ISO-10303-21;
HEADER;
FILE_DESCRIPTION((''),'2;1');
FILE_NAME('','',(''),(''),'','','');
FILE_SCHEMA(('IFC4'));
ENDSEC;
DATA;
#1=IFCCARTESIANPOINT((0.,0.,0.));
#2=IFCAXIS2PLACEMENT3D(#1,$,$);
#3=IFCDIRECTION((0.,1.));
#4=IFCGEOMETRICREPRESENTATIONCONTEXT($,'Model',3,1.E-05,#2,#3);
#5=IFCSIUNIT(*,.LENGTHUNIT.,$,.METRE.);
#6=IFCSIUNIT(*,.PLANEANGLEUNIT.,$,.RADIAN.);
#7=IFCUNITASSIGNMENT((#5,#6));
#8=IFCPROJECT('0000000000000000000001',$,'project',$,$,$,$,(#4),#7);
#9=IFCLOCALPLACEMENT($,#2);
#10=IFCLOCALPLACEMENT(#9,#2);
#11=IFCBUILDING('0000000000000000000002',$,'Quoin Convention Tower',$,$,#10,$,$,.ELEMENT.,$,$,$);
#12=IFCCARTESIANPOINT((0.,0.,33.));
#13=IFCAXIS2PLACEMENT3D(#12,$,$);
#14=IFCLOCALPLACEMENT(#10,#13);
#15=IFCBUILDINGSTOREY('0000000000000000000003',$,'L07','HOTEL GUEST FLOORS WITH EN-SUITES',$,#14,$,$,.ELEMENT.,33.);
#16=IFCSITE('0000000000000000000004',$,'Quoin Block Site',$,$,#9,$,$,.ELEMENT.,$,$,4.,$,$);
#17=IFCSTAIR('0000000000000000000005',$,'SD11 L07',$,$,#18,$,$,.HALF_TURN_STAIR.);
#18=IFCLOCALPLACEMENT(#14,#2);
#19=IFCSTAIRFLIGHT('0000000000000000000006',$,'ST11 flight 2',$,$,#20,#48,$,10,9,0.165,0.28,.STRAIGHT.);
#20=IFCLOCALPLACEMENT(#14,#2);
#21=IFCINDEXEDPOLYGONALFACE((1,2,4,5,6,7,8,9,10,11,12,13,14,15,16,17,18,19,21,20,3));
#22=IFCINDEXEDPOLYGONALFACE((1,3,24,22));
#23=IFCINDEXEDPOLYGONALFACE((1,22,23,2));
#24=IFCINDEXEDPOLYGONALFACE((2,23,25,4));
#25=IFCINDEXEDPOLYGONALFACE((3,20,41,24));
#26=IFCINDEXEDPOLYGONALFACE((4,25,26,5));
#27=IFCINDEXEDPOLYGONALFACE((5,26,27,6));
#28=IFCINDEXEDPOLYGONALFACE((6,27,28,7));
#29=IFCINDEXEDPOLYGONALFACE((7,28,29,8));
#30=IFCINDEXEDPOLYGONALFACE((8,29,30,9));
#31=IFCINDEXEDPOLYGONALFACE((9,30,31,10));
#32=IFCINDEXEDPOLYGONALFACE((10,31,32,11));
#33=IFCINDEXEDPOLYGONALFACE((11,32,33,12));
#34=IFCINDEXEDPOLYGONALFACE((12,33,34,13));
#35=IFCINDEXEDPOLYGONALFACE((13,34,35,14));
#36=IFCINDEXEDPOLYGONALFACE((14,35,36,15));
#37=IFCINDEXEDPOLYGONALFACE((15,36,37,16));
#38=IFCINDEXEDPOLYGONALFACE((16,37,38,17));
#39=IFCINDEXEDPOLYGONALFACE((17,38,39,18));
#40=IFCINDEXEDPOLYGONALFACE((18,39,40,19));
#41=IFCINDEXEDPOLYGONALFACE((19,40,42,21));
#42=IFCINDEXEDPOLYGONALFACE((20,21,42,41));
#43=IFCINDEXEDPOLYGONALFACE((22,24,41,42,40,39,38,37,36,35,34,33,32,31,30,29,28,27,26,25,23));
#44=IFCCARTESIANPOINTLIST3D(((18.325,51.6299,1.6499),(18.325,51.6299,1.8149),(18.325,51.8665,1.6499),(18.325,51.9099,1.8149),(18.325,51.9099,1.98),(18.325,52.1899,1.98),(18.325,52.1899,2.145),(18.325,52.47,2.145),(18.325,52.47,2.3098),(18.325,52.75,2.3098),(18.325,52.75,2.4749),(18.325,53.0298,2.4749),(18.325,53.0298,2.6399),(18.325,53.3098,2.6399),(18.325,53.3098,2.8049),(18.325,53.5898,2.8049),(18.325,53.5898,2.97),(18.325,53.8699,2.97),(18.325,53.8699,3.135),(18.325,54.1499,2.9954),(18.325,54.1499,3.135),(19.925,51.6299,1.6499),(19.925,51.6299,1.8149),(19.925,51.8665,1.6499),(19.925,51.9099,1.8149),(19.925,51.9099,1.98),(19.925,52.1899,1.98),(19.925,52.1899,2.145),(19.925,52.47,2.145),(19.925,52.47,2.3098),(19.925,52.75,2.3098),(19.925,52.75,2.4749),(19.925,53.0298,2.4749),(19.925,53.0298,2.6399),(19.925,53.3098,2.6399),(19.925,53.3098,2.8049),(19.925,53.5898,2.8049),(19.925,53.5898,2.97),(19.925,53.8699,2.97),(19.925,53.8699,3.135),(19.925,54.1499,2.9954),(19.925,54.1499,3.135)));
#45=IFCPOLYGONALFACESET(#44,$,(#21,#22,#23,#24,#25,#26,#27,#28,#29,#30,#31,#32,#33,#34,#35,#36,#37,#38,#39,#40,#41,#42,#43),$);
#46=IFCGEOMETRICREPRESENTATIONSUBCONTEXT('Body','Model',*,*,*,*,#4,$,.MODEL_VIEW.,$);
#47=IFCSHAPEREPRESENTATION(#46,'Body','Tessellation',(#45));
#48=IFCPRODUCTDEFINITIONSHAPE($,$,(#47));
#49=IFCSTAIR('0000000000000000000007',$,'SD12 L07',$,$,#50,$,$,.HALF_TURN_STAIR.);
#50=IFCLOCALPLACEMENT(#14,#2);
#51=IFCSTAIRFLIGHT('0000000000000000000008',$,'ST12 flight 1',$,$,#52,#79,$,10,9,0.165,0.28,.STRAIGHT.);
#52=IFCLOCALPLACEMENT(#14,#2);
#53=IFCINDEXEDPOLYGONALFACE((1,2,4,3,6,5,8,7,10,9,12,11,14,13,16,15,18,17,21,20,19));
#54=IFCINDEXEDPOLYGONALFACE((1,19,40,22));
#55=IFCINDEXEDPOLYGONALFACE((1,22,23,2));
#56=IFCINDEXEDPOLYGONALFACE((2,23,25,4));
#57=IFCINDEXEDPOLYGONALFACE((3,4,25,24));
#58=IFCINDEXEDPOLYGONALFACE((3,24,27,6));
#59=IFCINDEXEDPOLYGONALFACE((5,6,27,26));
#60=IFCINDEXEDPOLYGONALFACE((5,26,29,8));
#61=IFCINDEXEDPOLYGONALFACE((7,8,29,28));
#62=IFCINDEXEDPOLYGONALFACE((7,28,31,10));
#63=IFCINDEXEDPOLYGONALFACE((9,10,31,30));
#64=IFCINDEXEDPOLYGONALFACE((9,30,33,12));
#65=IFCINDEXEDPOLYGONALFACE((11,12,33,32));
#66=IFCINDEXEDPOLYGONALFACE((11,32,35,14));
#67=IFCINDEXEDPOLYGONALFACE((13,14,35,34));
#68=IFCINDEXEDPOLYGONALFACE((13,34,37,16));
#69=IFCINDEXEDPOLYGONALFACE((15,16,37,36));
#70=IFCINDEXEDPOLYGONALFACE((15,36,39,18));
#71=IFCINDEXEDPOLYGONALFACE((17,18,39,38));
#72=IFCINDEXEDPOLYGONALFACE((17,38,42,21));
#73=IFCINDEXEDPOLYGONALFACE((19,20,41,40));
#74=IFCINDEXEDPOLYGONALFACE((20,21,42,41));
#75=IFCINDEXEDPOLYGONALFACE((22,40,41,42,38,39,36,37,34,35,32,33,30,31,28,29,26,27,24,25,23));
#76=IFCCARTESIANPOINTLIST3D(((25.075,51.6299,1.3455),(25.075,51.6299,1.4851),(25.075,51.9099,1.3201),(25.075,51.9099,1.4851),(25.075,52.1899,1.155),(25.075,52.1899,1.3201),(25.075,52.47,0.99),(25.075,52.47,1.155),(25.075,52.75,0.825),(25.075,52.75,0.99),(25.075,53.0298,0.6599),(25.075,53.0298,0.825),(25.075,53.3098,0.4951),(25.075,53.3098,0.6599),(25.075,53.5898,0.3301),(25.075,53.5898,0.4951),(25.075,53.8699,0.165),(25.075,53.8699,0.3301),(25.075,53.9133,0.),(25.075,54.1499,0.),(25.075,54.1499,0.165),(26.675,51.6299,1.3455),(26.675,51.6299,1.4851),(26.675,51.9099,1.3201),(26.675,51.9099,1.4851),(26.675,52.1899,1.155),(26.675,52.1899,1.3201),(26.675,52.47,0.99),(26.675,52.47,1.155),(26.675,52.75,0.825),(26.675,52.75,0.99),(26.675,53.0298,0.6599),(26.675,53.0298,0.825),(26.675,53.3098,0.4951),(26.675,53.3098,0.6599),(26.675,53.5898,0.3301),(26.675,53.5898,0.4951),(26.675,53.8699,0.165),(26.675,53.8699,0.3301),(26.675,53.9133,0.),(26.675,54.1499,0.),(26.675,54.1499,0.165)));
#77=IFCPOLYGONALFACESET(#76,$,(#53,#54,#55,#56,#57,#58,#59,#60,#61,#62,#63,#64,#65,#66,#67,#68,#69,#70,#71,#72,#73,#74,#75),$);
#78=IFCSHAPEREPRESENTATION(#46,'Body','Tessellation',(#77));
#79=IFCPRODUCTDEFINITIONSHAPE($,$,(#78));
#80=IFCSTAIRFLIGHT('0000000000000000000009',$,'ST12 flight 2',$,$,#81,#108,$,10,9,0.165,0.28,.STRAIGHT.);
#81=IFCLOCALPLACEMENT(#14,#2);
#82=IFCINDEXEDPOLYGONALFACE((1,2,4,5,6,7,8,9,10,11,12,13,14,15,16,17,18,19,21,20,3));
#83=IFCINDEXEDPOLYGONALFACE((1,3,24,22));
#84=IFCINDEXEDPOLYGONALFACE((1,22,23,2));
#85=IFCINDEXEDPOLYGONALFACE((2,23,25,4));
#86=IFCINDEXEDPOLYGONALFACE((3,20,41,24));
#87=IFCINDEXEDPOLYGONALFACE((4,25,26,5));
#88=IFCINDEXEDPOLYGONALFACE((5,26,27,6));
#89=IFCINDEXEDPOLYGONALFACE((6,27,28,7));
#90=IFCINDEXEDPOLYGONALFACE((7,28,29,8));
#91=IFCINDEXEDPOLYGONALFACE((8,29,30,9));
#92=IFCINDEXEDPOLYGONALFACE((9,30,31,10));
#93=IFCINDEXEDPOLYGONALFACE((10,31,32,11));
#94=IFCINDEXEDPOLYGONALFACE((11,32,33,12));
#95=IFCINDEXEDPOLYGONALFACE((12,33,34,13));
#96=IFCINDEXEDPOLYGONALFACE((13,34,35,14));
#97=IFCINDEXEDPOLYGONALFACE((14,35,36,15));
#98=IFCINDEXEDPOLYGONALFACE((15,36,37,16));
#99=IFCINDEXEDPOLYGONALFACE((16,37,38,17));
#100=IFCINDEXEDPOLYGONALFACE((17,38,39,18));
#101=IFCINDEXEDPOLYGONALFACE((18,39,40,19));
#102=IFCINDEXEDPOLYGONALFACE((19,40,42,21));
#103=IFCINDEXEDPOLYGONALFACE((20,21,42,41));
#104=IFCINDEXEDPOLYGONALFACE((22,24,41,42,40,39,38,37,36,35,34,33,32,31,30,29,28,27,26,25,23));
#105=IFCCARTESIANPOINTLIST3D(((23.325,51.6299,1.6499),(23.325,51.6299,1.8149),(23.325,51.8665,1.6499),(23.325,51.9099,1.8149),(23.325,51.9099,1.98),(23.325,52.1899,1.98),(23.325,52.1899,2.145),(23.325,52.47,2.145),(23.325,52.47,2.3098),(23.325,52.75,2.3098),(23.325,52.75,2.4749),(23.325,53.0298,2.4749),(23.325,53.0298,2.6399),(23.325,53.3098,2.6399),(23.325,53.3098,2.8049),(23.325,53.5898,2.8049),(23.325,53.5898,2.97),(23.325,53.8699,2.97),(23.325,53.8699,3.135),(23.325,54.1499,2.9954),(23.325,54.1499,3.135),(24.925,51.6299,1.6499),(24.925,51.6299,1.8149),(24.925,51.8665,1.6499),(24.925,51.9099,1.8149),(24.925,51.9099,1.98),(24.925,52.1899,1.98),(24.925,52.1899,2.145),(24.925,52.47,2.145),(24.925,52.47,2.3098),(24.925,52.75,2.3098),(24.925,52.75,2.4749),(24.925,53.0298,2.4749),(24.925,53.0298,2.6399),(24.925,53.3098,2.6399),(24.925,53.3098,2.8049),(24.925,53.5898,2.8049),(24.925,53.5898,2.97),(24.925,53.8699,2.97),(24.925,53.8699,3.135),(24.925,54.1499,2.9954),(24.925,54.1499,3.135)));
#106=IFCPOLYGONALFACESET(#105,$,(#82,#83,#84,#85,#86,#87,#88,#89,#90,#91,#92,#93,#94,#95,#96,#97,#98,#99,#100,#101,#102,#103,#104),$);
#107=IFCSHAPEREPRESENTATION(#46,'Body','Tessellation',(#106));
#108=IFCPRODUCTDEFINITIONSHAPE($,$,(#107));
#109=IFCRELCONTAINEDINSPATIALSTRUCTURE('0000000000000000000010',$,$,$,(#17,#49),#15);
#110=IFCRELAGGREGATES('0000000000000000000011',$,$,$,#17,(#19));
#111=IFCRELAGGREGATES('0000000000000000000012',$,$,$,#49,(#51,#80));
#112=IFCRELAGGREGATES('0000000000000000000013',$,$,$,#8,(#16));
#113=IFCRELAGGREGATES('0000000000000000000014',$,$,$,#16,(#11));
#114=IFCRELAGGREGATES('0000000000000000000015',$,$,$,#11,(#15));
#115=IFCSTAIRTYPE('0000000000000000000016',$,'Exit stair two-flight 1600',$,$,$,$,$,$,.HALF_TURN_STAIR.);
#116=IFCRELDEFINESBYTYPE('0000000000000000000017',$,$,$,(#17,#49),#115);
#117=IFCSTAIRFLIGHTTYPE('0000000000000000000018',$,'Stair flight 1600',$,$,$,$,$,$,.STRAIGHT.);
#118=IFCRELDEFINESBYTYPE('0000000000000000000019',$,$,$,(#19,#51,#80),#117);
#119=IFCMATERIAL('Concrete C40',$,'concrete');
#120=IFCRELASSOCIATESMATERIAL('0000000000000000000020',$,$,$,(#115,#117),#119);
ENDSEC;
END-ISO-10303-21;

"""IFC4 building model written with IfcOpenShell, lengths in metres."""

from ifc_helpers import new_model, si_unit, direction, frame, origin, place, context, subcontext, project, spatial, polyline, outline, extrude, material, type_object, element, aggregate, save


model = new_model("IFC4")

# Units and contexts
model_context = context("Model", 3, precision=1e-05, world=origin(), true_north=direction((0.0, 1.0)))
body_context = subcontext(model_context, "Body", "Model", "MODEL_VIEW")
ifc_project = project(units=[si_unit("LENGTHUNIT", "METRE"), si_unit("PLANEANGLEUNIT", "RADIAN")], contexts=[model_context])

# Site, building, storey
site_placement = place(None, origin())
site = spatial("IfcSite", under=ifc_project, at=site_placement, Name="Quoin Block Site", CompositionType="ELEMENT", RefElevation=4.0)
building_placement = place(site_placement, origin())
building = spatial("IfcBuilding", under=site, at=building_placement, Name="Quoin Convention Tower", CompositionType="ELEMENT")
storey_placement = place(building_placement, frame((0.0, 0.0, 33.0)))
storey = spatial("IfcBuildingStorey", under=building, at=storey_placement, Name="L07", Description="HOTEL GUEST FLOORS WITH EN-SUITES", CompositionType="ELEMENT", Elevation=33.0)

# Stairs, stair flights
ifc_material_1 = material(Name="Concrete C40", Category="concrete")
stair_type = type_object("IfcStairType", Name="Exit stair two-flight 1600", PredefinedType="HALF_TURN_STAIR", material=ifc_material_1)
stair_1_placement = place(storey_placement, origin())
stair_1 = element("IfcStair", 1, at=stair_1_placement, inside=storey, type_object=stair_type, Name="SD11 L07", PredefinedType="HALF_TURN_STAIR")
stair_flight_type = type_object("IfcStairFlightType", Name="Stair flight 1600", PredefinedType="STRAIGHT", material=ifc_material_1)
stair_flight_1_placement = place(storey_placement, frame((19.125, 51.6299, 1.6499), z_axis=(0.0, 0.0, 1.0), x_axis=(0.0, 1.0, 0.0)))
stair_flight_1 = element("IfcStairFlight", 2, at=stair_flight_1_placement, type_object=stair_flight_type, Name="ST11 flight 2", NumberOfRisers=10, NumberOfTreads=9, PredefinedType="STRAIGHT", RiserHeight=0.165, TreadLength=0.28, context=body_context, shape_type="SweptSolid", body=[
    extrude(outline(polyline([(0.0, 0.0), (0.0, 0.165), (0.28, 0.165), (0.28, 0.3301), (0.5601, 0.3301), (0.5601, 0.4951), (0.8401, 0.4951), (0.8401, 0.6599), (1.1201, 0.6599), (1.1201, 0.825), (1.3999, 0.825), (1.3999, 0.99), (1.6799, 0.99), (1.6799, 1.155), (1.96, 1.155), (1.96, 1.3201), (2.24, 1.3201), (2.24, 1.4851), (2.52, 1.4851), (2.52, 1.6499), (2.52, 1.3455), (0.2366, 0.0), (0.0, 0.0)])), frame((0.0, 0.8, 0.0), z_axis=(0.0, -1.0, 0.0), x_axis=(1.0, 0.0, 0.0)), (0.0, 0.0, 1.0), 1.6001),
])
aggregate(stair_1, [stair_flight_1])
stair_2_placement = place(storey_placement, origin())
stair_2 = element("IfcStair", 3, at=stair_2_placement, inside=storey, type_object=stair_type, Name="SD12 L07", PredefinedType="HALF_TURN_STAIR")
stair_flight_2_placement = place(storey_placement, frame((25.875, 54.1499, 0.0), z_axis=(0.0, 0.0, 1.0), x_axis=(0.0, -1.0, 0.0)))
stair_flight_2 = element("IfcStairFlight", 4, at=stair_flight_2_placement, type_object=stair_flight_type, Name="ST12 flight 1", NumberOfRisers=10, NumberOfTreads=9, PredefinedType="STRAIGHT", RiserHeight=0.165, TreadLength=0.28, context=body_context, shape_type="SweptSolid", body=[
    extrude(outline(polyline([(0.0, 0.0), (0.0, 0.165), (0.28, 0.165), (0.28, 0.3301), (0.5601, 0.3301), (0.5601, 0.4951), (0.8401, 0.4951), (0.8401, 0.6599), (1.1201, 0.6599), (1.1201, 0.825), (1.3999, 0.825), (1.3999, 0.99), (1.6799, 0.99), (1.6799, 1.155), (1.96, 1.155), (1.96, 1.3201), (2.24, 1.3201), (2.24, 1.4851), (2.52, 1.4851), (2.52, 1.6499), (2.52, 1.3455), (0.2366, 0.0), (0.0, 0.0)])), frame((0.0, 0.8, 0.0), z_axis=(0.0, -1.0, 0.0), x_axis=(1.0, 0.0, 0.0)), (0.0, 0.0, 1.0), 1.6001),
])
stair_flight_3_placement = place(storey_placement, frame((24.125, 51.6299, 1.6499), z_axis=(0.0, 0.0, 1.0), x_axis=(0.0, 1.0, 0.0)))
stair_flight_3 = element("IfcStairFlight", 5, at=stair_flight_3_placement, type_object=stair_flight_type, Name="ST12 flight 2", NumberOfRisers=10, NumberOfTreads=9, PredefinedType="STRAIGHT", RiserHeight=0.165, TreadLength=0.28, context=body_context, shape_type="SweptSolid", body=[
    extrude(outline(polyline([(0.0, 0.0), (0.0, 0.165), (0.28, 0.165), (0.28, 0.3301), (0.5601, 0.3301), (0.5601, 0.4951), (0.8401, 0.4951), (0.8401, 0.6599), (1.1201, 0.6599), (1.1201, 0.825), (1.3999, 0.825), (1.3999, 0.99), (1.6799, 0.99), (1.6799, 1.155), (1.96, 1.155), (1.96, 1.3201), (2.24, 1.3201), (2.24, 1.4851), (2.52, 1.4851), (2.52, 1.6499), (2.52, 1.3455), (0.2366, 0.0), (0.0, 0.0)])), frame((0.0, 0.8, 0.0), z_axis=(0.0, -1.0, 0.0), x_axis=(1.0, 0.0, 0.0)), (0.0, 0.0, 1.0), 1.6001),
])
aggregate(stair_2, [stair_flight_2, stair_flight_3])

save(model, "model.ifc")
